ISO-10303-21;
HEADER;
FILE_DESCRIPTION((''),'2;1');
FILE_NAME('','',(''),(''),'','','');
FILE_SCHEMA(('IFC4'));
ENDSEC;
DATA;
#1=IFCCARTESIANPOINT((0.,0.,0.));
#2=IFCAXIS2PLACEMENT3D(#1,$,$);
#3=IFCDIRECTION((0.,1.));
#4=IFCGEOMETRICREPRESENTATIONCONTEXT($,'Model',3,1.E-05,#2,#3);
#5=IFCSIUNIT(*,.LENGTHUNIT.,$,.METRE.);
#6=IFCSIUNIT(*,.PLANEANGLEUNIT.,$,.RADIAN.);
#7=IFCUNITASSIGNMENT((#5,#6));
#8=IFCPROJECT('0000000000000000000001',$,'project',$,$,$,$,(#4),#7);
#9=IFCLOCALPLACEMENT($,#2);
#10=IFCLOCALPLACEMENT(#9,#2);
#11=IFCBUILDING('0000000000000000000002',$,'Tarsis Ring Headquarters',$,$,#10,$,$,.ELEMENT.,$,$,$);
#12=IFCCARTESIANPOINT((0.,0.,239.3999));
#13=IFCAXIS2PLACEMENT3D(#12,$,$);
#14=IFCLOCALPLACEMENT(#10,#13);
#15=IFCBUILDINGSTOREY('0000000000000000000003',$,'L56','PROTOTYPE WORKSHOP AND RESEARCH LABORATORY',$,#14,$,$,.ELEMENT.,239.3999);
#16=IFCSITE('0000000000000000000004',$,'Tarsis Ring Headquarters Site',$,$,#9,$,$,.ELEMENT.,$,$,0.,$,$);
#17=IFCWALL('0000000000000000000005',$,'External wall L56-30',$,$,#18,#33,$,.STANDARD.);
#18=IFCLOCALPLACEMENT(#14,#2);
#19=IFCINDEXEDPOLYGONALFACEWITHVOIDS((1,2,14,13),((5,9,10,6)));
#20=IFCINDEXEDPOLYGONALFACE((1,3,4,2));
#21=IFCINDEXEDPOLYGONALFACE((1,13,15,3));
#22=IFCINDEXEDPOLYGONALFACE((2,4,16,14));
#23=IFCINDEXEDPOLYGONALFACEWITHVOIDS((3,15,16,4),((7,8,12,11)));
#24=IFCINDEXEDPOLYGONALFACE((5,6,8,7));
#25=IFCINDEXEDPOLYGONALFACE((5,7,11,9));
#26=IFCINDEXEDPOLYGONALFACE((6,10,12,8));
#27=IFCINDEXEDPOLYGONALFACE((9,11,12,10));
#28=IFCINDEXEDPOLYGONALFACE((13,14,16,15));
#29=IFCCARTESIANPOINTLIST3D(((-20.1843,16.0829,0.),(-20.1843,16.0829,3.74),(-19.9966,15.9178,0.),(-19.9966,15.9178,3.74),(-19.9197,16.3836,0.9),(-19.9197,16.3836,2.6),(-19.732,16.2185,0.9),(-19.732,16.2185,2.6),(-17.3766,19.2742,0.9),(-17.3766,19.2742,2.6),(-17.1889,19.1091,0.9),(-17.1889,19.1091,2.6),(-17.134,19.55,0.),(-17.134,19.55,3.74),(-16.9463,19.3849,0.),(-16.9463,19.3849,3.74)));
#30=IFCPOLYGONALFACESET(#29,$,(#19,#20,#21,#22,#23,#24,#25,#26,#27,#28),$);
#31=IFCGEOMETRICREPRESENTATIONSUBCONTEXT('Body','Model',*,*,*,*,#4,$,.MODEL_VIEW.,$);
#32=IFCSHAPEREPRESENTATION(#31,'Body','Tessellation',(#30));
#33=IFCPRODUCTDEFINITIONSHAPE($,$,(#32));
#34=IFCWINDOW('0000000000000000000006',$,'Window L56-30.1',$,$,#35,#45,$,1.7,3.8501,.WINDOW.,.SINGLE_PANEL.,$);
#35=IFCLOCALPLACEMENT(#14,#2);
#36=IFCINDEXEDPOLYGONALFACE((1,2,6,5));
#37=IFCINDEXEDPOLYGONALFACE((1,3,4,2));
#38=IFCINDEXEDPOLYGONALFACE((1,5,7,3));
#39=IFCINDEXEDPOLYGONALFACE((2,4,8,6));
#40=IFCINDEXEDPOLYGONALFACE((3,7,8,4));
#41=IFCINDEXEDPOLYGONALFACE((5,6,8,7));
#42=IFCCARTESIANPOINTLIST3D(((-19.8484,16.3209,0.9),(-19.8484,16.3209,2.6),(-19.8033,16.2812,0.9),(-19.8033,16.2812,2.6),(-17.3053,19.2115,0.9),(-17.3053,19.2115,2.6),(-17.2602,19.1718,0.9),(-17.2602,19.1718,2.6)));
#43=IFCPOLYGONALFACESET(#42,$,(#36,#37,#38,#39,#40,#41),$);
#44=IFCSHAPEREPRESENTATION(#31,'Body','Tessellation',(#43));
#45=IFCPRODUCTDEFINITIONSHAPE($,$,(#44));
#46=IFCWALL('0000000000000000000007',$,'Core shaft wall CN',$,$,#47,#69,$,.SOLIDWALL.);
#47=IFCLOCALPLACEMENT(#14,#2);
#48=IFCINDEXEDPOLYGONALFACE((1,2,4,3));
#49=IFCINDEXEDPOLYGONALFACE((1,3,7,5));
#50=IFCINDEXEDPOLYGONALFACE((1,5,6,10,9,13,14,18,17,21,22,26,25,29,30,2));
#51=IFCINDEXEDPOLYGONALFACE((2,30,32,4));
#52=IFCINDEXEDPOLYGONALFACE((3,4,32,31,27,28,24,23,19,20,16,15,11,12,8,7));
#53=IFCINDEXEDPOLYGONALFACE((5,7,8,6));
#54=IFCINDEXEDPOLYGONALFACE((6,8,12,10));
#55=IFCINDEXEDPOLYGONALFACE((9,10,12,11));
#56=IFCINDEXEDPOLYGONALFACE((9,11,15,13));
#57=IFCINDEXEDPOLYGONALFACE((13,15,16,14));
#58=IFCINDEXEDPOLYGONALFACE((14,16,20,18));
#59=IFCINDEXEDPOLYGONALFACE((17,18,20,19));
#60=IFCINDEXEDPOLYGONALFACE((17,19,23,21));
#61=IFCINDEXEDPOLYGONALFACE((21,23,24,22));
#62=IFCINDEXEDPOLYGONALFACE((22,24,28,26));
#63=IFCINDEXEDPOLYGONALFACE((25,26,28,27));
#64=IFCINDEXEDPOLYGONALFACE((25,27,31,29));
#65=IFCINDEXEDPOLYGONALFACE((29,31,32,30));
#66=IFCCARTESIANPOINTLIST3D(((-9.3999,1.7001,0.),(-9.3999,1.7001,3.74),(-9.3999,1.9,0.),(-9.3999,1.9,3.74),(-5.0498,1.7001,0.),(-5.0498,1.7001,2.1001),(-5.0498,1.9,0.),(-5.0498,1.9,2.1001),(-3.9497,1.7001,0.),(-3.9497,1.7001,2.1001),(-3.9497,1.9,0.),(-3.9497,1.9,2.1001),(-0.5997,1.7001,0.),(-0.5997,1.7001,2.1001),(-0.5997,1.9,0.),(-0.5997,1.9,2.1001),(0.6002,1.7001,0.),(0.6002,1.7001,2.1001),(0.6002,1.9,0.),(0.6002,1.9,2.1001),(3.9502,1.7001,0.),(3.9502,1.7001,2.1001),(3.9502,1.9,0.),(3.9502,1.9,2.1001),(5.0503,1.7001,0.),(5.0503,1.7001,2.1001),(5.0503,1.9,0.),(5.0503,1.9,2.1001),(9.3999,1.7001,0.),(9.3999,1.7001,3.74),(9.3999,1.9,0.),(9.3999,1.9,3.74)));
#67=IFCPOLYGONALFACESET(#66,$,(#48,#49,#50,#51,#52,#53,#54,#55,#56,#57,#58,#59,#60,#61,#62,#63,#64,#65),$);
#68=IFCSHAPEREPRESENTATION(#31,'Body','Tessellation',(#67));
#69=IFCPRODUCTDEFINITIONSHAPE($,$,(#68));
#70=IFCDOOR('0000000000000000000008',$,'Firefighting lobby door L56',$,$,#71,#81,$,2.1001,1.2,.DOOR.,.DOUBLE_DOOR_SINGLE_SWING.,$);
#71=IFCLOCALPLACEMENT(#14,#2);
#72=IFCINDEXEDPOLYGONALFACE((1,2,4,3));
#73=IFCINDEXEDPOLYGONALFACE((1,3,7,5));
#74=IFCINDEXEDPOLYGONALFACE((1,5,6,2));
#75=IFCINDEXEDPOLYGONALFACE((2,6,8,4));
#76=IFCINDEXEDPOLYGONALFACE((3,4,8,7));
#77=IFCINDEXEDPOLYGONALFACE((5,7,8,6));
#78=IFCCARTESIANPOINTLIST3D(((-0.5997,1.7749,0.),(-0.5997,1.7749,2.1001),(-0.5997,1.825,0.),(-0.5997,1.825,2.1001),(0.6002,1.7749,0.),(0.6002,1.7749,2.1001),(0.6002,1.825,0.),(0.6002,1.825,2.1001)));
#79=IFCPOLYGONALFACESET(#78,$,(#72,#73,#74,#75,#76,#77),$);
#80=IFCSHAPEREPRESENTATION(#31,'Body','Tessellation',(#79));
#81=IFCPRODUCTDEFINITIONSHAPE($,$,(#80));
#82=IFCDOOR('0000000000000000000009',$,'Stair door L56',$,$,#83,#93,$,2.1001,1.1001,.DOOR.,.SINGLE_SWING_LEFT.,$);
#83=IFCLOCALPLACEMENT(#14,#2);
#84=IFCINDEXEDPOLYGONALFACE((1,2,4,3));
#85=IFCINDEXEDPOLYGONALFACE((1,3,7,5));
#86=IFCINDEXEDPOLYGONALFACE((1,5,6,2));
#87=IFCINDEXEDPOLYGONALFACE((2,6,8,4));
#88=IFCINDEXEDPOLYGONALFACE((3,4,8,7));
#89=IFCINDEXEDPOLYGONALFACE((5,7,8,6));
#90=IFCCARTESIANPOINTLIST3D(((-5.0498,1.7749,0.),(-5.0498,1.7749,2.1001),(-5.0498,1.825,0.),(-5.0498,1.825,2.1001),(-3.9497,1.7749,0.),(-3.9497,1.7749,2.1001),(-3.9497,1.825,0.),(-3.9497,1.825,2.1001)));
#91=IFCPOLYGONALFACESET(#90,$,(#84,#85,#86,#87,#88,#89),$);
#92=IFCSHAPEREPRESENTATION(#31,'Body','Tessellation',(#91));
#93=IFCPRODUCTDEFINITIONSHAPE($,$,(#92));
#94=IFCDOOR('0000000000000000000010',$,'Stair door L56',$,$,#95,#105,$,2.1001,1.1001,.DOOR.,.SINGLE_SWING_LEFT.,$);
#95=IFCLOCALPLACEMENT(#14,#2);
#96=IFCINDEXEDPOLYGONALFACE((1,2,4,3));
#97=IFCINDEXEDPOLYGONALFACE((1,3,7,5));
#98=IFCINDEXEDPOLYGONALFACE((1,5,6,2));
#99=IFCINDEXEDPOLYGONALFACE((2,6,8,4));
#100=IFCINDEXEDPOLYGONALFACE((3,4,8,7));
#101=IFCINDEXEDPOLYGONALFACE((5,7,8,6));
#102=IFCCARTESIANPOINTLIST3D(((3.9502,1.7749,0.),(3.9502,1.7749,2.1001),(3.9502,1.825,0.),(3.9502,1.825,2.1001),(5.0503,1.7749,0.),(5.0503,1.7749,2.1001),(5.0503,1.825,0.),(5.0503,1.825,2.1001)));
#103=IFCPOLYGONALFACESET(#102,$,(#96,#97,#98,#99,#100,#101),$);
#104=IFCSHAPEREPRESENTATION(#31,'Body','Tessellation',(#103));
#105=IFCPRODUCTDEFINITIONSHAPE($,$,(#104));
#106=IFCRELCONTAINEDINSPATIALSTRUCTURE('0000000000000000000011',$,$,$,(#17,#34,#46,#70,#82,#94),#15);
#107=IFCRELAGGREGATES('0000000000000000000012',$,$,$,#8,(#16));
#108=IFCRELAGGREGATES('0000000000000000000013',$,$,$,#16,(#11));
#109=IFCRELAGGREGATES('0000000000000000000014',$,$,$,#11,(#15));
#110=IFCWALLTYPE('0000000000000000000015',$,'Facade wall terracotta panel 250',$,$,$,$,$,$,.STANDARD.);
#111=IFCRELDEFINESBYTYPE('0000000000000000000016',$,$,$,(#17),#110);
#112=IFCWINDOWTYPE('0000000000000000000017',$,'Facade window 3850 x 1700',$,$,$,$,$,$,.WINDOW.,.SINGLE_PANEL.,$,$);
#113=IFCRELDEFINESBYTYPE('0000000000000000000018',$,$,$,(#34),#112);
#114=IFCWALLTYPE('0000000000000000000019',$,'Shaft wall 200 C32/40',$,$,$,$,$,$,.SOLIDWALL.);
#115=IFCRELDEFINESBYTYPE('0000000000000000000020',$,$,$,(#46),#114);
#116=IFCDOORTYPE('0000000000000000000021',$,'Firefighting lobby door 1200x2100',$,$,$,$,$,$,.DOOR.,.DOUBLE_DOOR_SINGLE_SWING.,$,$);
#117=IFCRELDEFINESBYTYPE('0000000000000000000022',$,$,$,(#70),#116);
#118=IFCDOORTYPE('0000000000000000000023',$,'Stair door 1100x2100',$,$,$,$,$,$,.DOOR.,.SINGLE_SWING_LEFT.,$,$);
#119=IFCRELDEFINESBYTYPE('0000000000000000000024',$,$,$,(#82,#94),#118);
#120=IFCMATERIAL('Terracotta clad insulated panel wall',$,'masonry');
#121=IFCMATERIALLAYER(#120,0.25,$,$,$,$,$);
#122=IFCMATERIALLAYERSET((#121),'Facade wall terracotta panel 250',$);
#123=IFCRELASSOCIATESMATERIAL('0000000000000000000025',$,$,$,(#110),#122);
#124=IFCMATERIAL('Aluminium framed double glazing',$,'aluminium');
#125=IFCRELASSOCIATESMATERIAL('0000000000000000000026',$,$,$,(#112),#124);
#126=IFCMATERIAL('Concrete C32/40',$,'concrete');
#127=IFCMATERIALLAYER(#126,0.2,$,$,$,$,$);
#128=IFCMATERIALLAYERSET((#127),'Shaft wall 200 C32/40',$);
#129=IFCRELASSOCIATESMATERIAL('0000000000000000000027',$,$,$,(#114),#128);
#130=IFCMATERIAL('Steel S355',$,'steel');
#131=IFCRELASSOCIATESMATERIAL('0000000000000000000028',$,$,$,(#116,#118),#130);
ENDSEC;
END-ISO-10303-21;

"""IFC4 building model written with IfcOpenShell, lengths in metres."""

from ifc_helpers import new_model, si_unit, direction, frame, frame_2d, origin, place, context, subcontext, project, spatial, rectangle, extrude, material, layer, layer_set, type_object, element, fill, save


model = new_model("IFC4")

# Units and contexts
model_context = context("Model", 3, precision=1e-05, world=origin(), true_north=direction((0.0, 1.0)))
body_context = subcontext(model_context, "Body", "Model", "MODEL_VIEW")
ifc_project = project(units=[si_unit("LENGTHUNIT", "METRE"), si_unit("PLANEANGLEUNIT", "RADIAN")], contexts=[model_context])

# Site, building, storey
site_placement = place(None, origin())
site = spatial("IfcSite", under=ifc_project, at=site_placement, Name="Tarsis Ring Headquarters Site", CompositionType="ELEMENT", RefElevation=0.0)
building_placement = place(site_placement, origin())
building = spatial("IfcBuilding", under=site, at=building_placement, Name="Tarsis Ring Headquarters", CompositionType="ELEMENT")
storey_placement = place(building_placement, frame((0.0, 0.0, 239.3999)))
storey = spatial("IfcBuildingStorey", under=building, at=storey_placement, Name="L56", Description="PROTOTYPE WORKSHOP AND RESEARCH LABORATORY", CompositionType="ELEMENT", Elevation=239.3999)

# Shared definitions
ifc_material_1 = material(Name="Steel S355", Category="steel")

# Wall, opening, window
ifc_material_2 = material(Name="Terracotta clad insulated panel wall", Category="masonry")
ifc_layer_1 = layer(ifc_material_2, 0.25)
ifc_layer_set_1 = layer_set([ifc_layer_1], Name="Facade wall terracotta panel 250")
wall_type_1 = type_object("IfcWallType", Name="Facade wall terracotta panel 250", PredefinedType="STANDARD", material=ifc_layer_set_1)
wall_1_placement = place(storey_placement, frame((-17.04, 19.4675, 0.0), z_axis=(0.0, 0.0, 1.0), x_axis=(-0.660542, -0.750789, 0.0)))
wall_1 = element("IfcWall", 1, at=wall_1_placement, inside=storey, type_object=wall_type_1, Name="External wall L56-30", PredefinedType="STANDARD", context=body_context, shape_type="SweptSolid", body=[
    extrude(rectangle(XDim=4.6179, YDim=0.25, at=frame_2d((2.3091, 0.0))), origin(), (0.0, 0.0, 1.0), 3.74),
])
opening_1_placement = place(wall_1_placement, frame((0.3674, 0.0, 0.8999)))
opening_1 = element("IfcOpeningElement", 2, at=opening_1_placement, cuts=wall_1, PredefinedType="OPENING", context=body_context, shape_type="SweptSolid", body=[
    extrude(rectangle(XDim=3.8501, YDim=1.7, at=frame_2d((1.925, 0.8501))), frame((0.0, 0.135, 0.0), z_axis=(0.0, -1.0, 0.0), x_axis=(1.0, 0.0, 0.0)), (0.0, 0.0, 1.0), 0.27),
])
ifc_material_3 = material(Name="Aluminium framed double glazing", Category="aluminium")
window_type = type_object("IfcWindowType", Name="Facade window 3850 x 1700", PartitioningType="SINGLE_PANEL", PredefinedType="WINDOW", material=ifc_material_3)
window_placement = place(opening_1_placement, origin())
window = element("IfcWindow", 3, at=window_placement, inside=storey, type_object=window_type, Name="Window L56-30.1", OverallHeight=1.7, OverallWidth=3.8501, PartitioningType="SINGLE_PANEL", PredefinedType="WINDOW", context=body_context, shape_type="SweptSolid", body=[
    extrude(rectangle(XDim=3.8501, YDim=1.7, at=frame_2d((1.925, 0.8501))), frame((0.0, 0.03, 0.0), z_axis=(0.0, -1.0, 0.0), x_axis=(1.0, 0.0, 0.0)), (0.0, 0.0, 1.0), 0.0601),
])
fill(opening_1, window)

# Wall, openings, doors
ifc_material_4 = material(Name="Concrete C32/40", Category="concrete")
ifc_layer_2 = layer(ifc_material_4, 0.2)
ifc_layer_set_2 = layer_set([ifc_layer_2], Name="Shaft wall 200 C32/40")
wall_type_2 = type_object("IfcWallType", Name="Shaft wall 200 C32/40", PredefinedType="SOLIDWALL", material=ifc_layer_set_2)
wall_2_placement = place(storey_placement, frame((-9.3999, 1.8, 0.0), z_axis=(0.0, 0.0, 1.0), x_axis=(1.0, 0.0, 0.0)))
wall_2 = element("IfcWall", 4, at=wall_2_placement, inside=storey, type_object=wall_type_2, Name="Core shaft wall CN", PredefinedType="SOLIDWALL", context=body_context, shape_type="SweptSolid", body=[
    extrude(rectangle(XDim=18.7998, YDim=0.2, at=frame_2d((9.3999, 0.0))), origin(), (0.0, 0.0, 1.0), 3.74),
])
opening_2_placement = place(wall_2_placement, frame((4.3501, 0.0, 0.0)))
opening_2 = element("IfcOpeningElement", 5, at=opening_2_placement, cuts=wall_2, PredefinedType="OPENING", context=body_context, shape_type="SweptSolid", body=[
    extrude(rectangle(XDim=1.1001, YDim=2.1001, at=frame_2d((0.55, 1.05))), frame((0.0, 0.1099, 0.0), z_axis=(0.0, -1.0, 0.0), x_axis=(1.0, 0.0, 0.0)), (0.0, 0.0, 1.0), 0.22),
])
opening_3_placement = place(wall_2_placement, frame((8.8, 0.0, 0.0)))
opening_3 = element("IfcOpeningElement", 6, at=opening_3_placement, cuts=wall_2, PredefinedType="OPENING", context=body_context, shape_type="SweptSolid", body=[
    extrude(rectangle(XDim=1.2, YDim=2.1001, at=frame_2d((0.6001, 1.05))), frame((0.0, 0.1099, 0.0), z_axis=(0.0, -1.0, 0.0), x_axis=(1.0, 0.0, 0.0)), (0.0, 0.0, 1.0), 0.22),
])
opening_4_placement = place(wall_2_placement, frame((13.3501, 0.0, 0.0)))
opening_4 = element("IfcOpeningElement", 7, at=opening_4_placement, cuts=wall_2, PredefinedType="OPENING", context=body_context, shape_type="SweptSolid", body=[
    extrude(rectangle(XDim=1.1001, YDim=2.1001, at=frame_2d((0.55, 1.05))), frame((0.0, 0.1099, 0.0), z_axis=(0.0, -1.0, 0.0), x_axis=(1.0, 0.0, 0.0)), (0.0, 0.0, 1.0), 0.22),
])
door_type_1 = type_object("IfcDoorType", Name="Firefighting lobby door 1200x2100", OperationType="DOUBLE_DOOR_SINGLE_SWING", PredefinedType="DOOR", material=ifc_material_1)
door_1_placement = place(opening_3_placement, origin())
door_1 = element("IfcDoor", 8, at=door_1_placement, inside=storey, type_object=door_type_1, Name="Firefighting lobby door L56", OperationType="DOUBLE_DOOR_SINGLE_SWING", OverallHeight=2.1001, OverallWidth=1.2, PredefinedType="DOOR", context=body_context, shape_type="SweptSolid", body=[
    extrude(rectangle(XDim=1.2, YDim=2.1001, at=frame_2d((0.6001, 1.05))), frame((0.0, 0.0249, 0.0), z_axis=(0.0, -1.0, 0.0), x_axis=(1.0, 0.0, 0.0)), (0.0, 0.0, 1.0), 0.05),
])
fill(opening_3, door_1)
door_type_2 = type_object("IfcDoorType", Name="Stair door 1100x2100", OperationType="SINGLE_SWING_LEFT", PredefinedType="DOOR", material=ifc_material_1)
door_2_placement = place(opening_2_placement, origin())
door_2 = element("IfcDoor", 9, at=door_2_placement, inside=storey, type_object=door_type_2, Name="Stair door L56", OperationType="SINGLE_SWING_LEFT", OverallHeight=2.1001, OverallWidth=1.1001, PredefinedType="DOOR", context=body_context, shape_type="SweptSolid", body=[
    extrude(rectangle(XDim=1.1001, YDim=2.1001, at=frame_2d((0.55, 1.05))), frame((0.0, 0.0249, 0.0), z_axis=(0.0, -1.0, 0.0), x_axis=(1.0, 0.0, 0.0)), (0.0, 0.0, 1.0), 0.05),
])
fill(opening_2, door_2)
door_3_placement = place(opening_4_placement, origin())
door_3 = element("IfcDoor", 10, at=door_3_placement, inside=storey, type_object=door_type_2, Name="Stair door L56", OperationType="SINGLE_SWING_LEFT", OverallHeight=2.1001, OverallWidth=1.1001, PredefinedType="DOOR", context=body_context, shape_type="SweptSolid", body=[
    extrude(rectangle(XDim=1.1001, YDim=2.1001, at=frame_2d((0.55, 1.05))), frame((0.0, 0.0249, 0.0), z_axis=(0.0, -1.0, 0.0), x_axis=(1.0, 0.0, 0.0)), (0.0, 0.0, 1.0), 0.05),
])
fill(opening_4, door_3)

save(model, "model.ifc")
